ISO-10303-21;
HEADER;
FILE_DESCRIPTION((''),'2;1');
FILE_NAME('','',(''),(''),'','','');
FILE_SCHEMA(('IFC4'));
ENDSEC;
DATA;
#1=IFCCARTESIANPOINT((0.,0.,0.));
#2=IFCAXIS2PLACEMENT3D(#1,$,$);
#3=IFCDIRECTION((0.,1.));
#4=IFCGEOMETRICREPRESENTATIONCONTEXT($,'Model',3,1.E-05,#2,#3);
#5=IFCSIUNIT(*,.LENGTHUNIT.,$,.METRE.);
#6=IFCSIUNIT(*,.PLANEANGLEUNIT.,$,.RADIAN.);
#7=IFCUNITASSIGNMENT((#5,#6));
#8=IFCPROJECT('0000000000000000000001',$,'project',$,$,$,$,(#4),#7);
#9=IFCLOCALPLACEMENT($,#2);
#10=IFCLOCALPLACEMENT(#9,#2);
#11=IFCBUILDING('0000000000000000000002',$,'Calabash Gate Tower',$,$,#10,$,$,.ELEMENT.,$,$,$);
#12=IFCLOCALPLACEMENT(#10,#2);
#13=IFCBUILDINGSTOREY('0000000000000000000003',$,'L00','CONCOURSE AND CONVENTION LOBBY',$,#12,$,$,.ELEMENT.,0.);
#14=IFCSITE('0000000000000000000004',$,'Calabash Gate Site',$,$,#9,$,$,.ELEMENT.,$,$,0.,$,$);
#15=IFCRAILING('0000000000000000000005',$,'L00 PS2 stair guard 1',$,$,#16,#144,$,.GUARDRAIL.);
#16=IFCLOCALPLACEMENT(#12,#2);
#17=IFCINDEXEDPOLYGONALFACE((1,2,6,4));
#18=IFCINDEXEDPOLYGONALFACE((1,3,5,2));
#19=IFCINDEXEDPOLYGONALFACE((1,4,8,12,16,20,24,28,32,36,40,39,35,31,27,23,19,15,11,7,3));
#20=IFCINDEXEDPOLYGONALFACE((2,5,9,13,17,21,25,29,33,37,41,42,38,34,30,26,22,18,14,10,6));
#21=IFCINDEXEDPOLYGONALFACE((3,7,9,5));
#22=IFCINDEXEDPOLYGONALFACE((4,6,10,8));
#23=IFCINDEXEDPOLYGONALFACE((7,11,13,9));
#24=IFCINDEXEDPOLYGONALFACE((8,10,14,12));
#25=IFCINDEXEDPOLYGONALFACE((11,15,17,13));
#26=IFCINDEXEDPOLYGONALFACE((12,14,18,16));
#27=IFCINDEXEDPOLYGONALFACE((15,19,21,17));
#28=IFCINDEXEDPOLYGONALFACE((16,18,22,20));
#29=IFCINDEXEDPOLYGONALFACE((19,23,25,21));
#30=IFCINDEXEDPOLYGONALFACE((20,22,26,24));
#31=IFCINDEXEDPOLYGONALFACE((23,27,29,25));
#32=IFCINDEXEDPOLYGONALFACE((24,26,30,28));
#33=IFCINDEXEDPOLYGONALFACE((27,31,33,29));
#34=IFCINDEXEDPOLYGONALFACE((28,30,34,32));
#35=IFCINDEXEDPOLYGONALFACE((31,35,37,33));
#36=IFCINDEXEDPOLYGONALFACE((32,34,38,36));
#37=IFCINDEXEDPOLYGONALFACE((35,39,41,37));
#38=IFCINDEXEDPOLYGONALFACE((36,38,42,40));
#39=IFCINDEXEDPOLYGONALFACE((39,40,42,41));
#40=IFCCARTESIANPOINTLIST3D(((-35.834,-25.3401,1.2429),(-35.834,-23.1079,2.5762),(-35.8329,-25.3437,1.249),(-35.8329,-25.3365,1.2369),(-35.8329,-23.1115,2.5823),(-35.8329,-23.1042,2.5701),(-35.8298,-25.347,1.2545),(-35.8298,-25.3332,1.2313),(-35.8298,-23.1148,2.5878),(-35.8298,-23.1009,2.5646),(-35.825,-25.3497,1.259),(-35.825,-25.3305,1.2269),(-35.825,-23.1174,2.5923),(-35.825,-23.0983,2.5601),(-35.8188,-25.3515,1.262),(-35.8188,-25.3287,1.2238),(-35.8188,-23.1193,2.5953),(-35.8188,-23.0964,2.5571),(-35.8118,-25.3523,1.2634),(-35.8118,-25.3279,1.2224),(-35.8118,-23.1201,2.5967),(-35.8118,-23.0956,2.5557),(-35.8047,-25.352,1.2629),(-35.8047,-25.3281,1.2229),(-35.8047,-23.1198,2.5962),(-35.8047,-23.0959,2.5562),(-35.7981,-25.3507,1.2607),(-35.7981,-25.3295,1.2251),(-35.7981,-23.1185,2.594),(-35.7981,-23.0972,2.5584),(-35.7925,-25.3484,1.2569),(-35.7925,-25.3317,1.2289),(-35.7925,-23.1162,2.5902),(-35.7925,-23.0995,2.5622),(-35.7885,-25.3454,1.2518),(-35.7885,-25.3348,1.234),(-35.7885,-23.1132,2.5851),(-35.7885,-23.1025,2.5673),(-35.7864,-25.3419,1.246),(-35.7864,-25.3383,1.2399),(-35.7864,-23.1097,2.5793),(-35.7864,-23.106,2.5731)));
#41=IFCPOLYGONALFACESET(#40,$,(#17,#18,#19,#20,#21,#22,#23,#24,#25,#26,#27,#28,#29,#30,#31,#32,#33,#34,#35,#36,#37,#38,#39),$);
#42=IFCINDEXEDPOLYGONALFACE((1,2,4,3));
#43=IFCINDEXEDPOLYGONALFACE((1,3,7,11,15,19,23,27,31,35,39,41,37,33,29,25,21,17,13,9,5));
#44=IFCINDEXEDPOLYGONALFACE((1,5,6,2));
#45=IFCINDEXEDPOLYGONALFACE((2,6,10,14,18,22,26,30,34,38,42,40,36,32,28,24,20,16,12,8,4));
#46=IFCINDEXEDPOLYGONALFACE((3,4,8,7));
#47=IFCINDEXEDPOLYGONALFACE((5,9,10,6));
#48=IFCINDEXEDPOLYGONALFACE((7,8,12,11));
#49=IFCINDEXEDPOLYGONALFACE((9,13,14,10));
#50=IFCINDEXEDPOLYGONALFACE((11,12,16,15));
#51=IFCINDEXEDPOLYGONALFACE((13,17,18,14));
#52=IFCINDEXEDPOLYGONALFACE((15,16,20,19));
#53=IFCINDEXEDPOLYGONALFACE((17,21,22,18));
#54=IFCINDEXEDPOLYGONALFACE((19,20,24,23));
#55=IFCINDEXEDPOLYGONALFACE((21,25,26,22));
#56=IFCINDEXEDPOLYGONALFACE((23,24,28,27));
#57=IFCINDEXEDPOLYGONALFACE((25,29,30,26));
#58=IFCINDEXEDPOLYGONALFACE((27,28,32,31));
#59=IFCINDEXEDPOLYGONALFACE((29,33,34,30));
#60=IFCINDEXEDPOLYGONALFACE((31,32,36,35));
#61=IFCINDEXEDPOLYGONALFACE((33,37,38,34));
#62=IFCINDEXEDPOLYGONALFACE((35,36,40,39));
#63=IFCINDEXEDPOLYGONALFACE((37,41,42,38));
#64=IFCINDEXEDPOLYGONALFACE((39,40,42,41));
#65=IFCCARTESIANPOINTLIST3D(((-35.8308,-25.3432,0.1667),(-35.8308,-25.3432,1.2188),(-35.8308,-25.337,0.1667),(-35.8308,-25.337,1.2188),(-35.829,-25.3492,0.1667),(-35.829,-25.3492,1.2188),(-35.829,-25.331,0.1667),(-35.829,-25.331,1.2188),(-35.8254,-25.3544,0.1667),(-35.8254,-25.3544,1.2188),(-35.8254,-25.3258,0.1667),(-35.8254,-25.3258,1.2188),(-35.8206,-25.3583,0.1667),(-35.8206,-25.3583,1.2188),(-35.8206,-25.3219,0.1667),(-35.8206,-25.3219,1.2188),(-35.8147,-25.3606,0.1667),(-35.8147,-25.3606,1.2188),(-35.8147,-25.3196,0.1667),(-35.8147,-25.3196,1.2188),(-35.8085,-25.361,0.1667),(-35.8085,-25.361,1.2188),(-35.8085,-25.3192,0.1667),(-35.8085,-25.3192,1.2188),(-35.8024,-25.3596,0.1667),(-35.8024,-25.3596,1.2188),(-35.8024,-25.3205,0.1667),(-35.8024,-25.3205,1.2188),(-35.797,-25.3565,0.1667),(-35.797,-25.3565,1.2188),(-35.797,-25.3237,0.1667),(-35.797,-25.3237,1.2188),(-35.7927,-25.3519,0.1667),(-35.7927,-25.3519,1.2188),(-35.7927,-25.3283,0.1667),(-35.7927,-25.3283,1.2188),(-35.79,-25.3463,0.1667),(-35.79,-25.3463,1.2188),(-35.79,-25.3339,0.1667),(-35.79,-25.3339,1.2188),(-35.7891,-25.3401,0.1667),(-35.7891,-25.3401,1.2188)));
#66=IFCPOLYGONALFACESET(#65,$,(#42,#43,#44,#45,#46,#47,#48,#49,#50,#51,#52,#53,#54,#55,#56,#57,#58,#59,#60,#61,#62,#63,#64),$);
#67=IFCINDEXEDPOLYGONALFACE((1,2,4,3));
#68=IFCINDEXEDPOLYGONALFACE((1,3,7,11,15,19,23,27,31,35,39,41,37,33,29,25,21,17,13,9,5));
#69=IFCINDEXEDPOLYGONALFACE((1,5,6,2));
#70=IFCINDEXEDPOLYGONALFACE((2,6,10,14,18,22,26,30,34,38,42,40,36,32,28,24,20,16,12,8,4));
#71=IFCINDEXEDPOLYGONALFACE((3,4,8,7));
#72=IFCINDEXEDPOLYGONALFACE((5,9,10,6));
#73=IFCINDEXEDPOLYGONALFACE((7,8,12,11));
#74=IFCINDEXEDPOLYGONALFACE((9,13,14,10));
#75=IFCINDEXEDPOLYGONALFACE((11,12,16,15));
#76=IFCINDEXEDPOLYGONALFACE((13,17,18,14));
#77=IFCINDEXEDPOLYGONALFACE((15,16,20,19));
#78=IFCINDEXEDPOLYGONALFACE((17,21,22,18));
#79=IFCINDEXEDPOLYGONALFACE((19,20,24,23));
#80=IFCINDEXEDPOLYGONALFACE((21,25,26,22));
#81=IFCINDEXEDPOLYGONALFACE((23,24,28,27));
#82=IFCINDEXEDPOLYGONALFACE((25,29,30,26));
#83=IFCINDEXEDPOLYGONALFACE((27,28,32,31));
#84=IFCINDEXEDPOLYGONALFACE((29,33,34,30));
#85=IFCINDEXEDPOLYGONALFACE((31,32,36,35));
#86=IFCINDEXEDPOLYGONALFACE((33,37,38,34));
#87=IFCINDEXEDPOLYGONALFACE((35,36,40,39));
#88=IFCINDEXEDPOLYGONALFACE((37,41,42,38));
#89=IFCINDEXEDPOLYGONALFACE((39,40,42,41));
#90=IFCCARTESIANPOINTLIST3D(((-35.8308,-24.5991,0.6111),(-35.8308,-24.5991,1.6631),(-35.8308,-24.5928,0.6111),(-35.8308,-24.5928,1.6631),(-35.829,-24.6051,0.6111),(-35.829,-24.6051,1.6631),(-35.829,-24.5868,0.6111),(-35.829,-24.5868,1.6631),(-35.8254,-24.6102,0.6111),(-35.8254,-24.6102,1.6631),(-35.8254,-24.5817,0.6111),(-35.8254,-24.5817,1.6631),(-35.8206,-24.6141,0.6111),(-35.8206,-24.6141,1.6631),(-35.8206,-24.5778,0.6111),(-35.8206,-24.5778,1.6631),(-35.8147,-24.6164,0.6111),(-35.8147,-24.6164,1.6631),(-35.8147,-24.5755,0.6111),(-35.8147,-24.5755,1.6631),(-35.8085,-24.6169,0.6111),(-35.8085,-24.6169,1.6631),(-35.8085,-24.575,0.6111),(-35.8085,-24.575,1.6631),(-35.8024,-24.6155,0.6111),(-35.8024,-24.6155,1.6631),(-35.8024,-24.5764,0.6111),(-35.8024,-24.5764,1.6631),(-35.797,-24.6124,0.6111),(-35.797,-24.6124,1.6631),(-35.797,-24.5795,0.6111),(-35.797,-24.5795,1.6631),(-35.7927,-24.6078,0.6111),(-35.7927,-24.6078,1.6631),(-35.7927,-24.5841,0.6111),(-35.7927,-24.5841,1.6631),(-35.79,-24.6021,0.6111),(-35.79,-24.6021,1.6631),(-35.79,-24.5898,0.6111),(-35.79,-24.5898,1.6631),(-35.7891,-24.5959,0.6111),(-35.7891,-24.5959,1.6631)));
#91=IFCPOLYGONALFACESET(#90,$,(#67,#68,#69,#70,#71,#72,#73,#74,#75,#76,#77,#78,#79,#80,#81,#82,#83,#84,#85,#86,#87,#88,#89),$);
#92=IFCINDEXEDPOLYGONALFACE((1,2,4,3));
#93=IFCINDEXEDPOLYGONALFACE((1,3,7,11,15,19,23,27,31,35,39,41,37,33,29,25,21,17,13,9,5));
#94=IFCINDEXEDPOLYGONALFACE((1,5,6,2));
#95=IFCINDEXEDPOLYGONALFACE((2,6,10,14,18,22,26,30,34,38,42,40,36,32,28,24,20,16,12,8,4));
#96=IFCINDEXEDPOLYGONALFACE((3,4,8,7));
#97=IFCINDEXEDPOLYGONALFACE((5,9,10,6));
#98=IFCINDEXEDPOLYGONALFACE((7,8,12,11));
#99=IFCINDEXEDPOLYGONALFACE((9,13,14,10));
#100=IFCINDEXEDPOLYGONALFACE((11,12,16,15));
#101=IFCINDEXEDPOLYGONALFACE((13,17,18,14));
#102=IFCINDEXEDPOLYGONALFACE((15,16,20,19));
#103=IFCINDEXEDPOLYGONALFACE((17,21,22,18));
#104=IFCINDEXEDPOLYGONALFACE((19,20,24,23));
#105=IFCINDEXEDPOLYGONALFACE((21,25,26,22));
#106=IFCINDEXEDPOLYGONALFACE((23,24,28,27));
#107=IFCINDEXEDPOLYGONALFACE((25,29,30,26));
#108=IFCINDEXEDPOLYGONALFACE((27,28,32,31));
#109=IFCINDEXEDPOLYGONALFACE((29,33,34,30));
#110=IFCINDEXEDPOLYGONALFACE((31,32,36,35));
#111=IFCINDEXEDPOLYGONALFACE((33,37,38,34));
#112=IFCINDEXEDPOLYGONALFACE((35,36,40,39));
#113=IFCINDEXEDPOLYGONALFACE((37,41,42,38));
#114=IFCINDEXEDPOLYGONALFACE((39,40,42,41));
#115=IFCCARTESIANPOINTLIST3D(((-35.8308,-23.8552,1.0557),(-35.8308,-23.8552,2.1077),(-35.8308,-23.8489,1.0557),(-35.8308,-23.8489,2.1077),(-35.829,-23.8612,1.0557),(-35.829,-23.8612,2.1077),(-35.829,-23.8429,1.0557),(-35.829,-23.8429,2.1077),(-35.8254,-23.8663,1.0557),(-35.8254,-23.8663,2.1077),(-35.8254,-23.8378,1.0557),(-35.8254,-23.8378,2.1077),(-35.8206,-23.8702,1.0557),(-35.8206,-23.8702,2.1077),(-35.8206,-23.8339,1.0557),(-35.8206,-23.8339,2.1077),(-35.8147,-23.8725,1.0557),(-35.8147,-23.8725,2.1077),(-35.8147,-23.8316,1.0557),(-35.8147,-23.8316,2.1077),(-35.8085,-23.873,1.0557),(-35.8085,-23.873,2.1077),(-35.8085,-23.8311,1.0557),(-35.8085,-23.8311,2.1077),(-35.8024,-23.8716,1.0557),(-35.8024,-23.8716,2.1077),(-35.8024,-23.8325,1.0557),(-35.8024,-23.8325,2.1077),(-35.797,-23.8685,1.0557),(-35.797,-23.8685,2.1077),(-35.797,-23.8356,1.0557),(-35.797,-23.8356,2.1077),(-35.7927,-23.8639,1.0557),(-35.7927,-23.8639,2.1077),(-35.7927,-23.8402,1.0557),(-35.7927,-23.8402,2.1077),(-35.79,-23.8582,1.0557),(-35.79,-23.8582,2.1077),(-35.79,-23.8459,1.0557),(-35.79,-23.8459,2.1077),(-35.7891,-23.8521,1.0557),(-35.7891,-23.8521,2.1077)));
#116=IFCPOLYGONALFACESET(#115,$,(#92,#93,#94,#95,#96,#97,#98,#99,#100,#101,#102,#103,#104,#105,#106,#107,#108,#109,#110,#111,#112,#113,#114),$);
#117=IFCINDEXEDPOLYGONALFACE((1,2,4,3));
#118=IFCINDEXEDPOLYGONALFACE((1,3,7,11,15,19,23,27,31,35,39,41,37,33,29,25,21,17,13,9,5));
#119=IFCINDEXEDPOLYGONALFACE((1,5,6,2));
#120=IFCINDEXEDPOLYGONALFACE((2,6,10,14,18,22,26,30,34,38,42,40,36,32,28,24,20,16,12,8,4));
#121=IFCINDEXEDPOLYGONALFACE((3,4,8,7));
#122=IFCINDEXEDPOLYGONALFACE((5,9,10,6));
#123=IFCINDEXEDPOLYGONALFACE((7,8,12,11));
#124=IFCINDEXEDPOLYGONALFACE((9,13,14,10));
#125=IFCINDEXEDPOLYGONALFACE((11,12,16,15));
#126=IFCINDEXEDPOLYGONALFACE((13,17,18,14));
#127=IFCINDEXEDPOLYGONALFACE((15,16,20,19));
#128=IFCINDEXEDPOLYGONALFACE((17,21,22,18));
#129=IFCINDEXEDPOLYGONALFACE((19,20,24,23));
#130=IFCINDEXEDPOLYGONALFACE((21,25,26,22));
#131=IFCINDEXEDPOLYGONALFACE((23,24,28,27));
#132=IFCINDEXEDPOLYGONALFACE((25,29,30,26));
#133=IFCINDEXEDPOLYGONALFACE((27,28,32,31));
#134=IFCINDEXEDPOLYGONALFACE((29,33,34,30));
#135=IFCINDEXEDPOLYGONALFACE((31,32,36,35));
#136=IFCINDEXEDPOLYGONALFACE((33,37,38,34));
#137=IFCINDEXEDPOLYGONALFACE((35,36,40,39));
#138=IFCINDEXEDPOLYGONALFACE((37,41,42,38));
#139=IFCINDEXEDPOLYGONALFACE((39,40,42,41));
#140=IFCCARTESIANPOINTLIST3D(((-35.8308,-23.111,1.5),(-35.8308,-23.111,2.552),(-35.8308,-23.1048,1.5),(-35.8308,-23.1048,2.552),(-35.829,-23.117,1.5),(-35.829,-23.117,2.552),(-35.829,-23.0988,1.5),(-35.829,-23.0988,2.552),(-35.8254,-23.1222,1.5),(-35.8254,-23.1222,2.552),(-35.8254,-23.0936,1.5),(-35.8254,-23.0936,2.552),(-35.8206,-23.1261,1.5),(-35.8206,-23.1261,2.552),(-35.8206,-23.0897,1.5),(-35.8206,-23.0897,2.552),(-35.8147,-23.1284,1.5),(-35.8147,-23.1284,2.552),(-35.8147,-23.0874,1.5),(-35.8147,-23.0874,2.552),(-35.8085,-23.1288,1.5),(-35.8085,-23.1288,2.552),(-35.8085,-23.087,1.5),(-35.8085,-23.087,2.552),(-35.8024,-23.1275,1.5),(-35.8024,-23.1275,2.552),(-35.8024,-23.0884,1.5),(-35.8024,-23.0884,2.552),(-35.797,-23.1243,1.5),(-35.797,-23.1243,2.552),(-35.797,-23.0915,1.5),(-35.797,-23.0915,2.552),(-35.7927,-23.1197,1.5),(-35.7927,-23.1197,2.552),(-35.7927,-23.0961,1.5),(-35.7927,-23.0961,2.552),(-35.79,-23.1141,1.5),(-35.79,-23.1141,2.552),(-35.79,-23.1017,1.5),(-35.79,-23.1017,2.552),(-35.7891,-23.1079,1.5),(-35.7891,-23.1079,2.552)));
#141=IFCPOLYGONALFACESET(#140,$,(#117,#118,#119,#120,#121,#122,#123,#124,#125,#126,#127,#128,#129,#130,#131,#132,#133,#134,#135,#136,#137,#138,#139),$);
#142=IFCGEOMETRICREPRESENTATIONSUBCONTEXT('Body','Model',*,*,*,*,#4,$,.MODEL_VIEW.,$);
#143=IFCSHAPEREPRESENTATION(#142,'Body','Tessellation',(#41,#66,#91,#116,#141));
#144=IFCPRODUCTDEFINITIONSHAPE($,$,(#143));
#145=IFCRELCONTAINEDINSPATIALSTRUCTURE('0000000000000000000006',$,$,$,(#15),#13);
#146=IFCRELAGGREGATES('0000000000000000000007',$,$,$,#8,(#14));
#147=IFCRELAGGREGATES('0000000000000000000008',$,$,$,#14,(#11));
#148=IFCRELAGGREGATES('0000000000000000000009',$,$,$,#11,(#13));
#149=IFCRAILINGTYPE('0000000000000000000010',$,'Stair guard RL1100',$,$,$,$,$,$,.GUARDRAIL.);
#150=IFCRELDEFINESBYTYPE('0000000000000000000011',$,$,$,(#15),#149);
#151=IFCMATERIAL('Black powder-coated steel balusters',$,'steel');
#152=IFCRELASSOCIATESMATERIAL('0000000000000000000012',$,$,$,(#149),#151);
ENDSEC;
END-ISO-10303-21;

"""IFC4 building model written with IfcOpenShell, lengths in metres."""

from ifc_helpers import new_model, si_unit, direction, frame, origin, origin_2d, place, context, subcontext, project, spatial, circle, extrude, material, type_object, element, save


model = new_model("IFC4")

# Units and contexts
model_context = context("Model", 3, precision=1e-05, world=origin(), true_north=direction((0.0, 1.0)))
body_context = subcontext(model_context, "Body", "Model", "MODEL_VIEW")
ifc_project = project(units=[si_unit("LENGTHUNIT", "METRE"), si_unit("PLANEANGLEUNIT", "RADIAN")], contexts=[model_context])

# Site, building, storey
site_placement = place(None, origin())
site = spatial("IfcSite", under=ifc_project, at=site_placement, Name="Calabash Gate Site", CompositionType="ELEMENT", RefElevation=0.0)
building_placement = place(site_placement, origin())
building = spatial("IfcBuilding", under=site, at=building_placement, Name="Calabash Gate Tower", CompositionType="ELEMENT")
storey_placement = place(building_placement, origin())
storey = spatial("IfcBuildingStorey", under=building, at=storey_placement, Name="L00", Description="CONCOURSE AND CONVENTION LOBBY", CompositionType="ELEMENT", Elevation=0.0)

# Railing
ifc_material_1 = material(Name="Black powder-coated steel balusters", Category="steel")
railing_type_1 = type_object("IfcRailingType", Name="Stair guard RL1100", PredefinedType="GUARDRAIL", material=ifc_material_1)
railing_1_placement = place(storey_placement, frame((-35.8101, -25.3401, 0.1667)))
element("IfcRailing", 1, at=railing_1_placement, inside=storey, type_object=railing_type_1, Name="L00 PS2 stair guard 1", PredefinedType="GUARDRAIL", context=body_context, shape_type="SweptSolid", body=[
    extrude(circle(Radius=0.0239, at=origin_2d()), frame((0.0, 0.0, 1.0762), z_axis=(0.0, 0.858519, 0.512782), x_axis=(-1.0, 0.0, 0.0)), (0.0, 0.0, 1.0), 2.6001),
    extrude(circle(Radius=0.021, at=origin_2d()), origin(), (0.0, 0.0, 1.0), 1.052),
    extrude(circle(Radius=0.021, at=origin_2d()), frame((0.0, 0.7441, 0.4443)), (0.0, 0.0, 1.0), 1.052),
    extrude(circle(Radius=0.021, at=origin_2d()), frame((0.0, 1.488, 0.8889)), (0.0, 0.0, 1.0), 1.052),
    extrude(circle(Radius=0.021, at=origin_2d()), frame((0.0, 2.2322, 1.3333)), (0.0, 0.0, 1.0), 1.052),
])

save(model, "model.ifc")
